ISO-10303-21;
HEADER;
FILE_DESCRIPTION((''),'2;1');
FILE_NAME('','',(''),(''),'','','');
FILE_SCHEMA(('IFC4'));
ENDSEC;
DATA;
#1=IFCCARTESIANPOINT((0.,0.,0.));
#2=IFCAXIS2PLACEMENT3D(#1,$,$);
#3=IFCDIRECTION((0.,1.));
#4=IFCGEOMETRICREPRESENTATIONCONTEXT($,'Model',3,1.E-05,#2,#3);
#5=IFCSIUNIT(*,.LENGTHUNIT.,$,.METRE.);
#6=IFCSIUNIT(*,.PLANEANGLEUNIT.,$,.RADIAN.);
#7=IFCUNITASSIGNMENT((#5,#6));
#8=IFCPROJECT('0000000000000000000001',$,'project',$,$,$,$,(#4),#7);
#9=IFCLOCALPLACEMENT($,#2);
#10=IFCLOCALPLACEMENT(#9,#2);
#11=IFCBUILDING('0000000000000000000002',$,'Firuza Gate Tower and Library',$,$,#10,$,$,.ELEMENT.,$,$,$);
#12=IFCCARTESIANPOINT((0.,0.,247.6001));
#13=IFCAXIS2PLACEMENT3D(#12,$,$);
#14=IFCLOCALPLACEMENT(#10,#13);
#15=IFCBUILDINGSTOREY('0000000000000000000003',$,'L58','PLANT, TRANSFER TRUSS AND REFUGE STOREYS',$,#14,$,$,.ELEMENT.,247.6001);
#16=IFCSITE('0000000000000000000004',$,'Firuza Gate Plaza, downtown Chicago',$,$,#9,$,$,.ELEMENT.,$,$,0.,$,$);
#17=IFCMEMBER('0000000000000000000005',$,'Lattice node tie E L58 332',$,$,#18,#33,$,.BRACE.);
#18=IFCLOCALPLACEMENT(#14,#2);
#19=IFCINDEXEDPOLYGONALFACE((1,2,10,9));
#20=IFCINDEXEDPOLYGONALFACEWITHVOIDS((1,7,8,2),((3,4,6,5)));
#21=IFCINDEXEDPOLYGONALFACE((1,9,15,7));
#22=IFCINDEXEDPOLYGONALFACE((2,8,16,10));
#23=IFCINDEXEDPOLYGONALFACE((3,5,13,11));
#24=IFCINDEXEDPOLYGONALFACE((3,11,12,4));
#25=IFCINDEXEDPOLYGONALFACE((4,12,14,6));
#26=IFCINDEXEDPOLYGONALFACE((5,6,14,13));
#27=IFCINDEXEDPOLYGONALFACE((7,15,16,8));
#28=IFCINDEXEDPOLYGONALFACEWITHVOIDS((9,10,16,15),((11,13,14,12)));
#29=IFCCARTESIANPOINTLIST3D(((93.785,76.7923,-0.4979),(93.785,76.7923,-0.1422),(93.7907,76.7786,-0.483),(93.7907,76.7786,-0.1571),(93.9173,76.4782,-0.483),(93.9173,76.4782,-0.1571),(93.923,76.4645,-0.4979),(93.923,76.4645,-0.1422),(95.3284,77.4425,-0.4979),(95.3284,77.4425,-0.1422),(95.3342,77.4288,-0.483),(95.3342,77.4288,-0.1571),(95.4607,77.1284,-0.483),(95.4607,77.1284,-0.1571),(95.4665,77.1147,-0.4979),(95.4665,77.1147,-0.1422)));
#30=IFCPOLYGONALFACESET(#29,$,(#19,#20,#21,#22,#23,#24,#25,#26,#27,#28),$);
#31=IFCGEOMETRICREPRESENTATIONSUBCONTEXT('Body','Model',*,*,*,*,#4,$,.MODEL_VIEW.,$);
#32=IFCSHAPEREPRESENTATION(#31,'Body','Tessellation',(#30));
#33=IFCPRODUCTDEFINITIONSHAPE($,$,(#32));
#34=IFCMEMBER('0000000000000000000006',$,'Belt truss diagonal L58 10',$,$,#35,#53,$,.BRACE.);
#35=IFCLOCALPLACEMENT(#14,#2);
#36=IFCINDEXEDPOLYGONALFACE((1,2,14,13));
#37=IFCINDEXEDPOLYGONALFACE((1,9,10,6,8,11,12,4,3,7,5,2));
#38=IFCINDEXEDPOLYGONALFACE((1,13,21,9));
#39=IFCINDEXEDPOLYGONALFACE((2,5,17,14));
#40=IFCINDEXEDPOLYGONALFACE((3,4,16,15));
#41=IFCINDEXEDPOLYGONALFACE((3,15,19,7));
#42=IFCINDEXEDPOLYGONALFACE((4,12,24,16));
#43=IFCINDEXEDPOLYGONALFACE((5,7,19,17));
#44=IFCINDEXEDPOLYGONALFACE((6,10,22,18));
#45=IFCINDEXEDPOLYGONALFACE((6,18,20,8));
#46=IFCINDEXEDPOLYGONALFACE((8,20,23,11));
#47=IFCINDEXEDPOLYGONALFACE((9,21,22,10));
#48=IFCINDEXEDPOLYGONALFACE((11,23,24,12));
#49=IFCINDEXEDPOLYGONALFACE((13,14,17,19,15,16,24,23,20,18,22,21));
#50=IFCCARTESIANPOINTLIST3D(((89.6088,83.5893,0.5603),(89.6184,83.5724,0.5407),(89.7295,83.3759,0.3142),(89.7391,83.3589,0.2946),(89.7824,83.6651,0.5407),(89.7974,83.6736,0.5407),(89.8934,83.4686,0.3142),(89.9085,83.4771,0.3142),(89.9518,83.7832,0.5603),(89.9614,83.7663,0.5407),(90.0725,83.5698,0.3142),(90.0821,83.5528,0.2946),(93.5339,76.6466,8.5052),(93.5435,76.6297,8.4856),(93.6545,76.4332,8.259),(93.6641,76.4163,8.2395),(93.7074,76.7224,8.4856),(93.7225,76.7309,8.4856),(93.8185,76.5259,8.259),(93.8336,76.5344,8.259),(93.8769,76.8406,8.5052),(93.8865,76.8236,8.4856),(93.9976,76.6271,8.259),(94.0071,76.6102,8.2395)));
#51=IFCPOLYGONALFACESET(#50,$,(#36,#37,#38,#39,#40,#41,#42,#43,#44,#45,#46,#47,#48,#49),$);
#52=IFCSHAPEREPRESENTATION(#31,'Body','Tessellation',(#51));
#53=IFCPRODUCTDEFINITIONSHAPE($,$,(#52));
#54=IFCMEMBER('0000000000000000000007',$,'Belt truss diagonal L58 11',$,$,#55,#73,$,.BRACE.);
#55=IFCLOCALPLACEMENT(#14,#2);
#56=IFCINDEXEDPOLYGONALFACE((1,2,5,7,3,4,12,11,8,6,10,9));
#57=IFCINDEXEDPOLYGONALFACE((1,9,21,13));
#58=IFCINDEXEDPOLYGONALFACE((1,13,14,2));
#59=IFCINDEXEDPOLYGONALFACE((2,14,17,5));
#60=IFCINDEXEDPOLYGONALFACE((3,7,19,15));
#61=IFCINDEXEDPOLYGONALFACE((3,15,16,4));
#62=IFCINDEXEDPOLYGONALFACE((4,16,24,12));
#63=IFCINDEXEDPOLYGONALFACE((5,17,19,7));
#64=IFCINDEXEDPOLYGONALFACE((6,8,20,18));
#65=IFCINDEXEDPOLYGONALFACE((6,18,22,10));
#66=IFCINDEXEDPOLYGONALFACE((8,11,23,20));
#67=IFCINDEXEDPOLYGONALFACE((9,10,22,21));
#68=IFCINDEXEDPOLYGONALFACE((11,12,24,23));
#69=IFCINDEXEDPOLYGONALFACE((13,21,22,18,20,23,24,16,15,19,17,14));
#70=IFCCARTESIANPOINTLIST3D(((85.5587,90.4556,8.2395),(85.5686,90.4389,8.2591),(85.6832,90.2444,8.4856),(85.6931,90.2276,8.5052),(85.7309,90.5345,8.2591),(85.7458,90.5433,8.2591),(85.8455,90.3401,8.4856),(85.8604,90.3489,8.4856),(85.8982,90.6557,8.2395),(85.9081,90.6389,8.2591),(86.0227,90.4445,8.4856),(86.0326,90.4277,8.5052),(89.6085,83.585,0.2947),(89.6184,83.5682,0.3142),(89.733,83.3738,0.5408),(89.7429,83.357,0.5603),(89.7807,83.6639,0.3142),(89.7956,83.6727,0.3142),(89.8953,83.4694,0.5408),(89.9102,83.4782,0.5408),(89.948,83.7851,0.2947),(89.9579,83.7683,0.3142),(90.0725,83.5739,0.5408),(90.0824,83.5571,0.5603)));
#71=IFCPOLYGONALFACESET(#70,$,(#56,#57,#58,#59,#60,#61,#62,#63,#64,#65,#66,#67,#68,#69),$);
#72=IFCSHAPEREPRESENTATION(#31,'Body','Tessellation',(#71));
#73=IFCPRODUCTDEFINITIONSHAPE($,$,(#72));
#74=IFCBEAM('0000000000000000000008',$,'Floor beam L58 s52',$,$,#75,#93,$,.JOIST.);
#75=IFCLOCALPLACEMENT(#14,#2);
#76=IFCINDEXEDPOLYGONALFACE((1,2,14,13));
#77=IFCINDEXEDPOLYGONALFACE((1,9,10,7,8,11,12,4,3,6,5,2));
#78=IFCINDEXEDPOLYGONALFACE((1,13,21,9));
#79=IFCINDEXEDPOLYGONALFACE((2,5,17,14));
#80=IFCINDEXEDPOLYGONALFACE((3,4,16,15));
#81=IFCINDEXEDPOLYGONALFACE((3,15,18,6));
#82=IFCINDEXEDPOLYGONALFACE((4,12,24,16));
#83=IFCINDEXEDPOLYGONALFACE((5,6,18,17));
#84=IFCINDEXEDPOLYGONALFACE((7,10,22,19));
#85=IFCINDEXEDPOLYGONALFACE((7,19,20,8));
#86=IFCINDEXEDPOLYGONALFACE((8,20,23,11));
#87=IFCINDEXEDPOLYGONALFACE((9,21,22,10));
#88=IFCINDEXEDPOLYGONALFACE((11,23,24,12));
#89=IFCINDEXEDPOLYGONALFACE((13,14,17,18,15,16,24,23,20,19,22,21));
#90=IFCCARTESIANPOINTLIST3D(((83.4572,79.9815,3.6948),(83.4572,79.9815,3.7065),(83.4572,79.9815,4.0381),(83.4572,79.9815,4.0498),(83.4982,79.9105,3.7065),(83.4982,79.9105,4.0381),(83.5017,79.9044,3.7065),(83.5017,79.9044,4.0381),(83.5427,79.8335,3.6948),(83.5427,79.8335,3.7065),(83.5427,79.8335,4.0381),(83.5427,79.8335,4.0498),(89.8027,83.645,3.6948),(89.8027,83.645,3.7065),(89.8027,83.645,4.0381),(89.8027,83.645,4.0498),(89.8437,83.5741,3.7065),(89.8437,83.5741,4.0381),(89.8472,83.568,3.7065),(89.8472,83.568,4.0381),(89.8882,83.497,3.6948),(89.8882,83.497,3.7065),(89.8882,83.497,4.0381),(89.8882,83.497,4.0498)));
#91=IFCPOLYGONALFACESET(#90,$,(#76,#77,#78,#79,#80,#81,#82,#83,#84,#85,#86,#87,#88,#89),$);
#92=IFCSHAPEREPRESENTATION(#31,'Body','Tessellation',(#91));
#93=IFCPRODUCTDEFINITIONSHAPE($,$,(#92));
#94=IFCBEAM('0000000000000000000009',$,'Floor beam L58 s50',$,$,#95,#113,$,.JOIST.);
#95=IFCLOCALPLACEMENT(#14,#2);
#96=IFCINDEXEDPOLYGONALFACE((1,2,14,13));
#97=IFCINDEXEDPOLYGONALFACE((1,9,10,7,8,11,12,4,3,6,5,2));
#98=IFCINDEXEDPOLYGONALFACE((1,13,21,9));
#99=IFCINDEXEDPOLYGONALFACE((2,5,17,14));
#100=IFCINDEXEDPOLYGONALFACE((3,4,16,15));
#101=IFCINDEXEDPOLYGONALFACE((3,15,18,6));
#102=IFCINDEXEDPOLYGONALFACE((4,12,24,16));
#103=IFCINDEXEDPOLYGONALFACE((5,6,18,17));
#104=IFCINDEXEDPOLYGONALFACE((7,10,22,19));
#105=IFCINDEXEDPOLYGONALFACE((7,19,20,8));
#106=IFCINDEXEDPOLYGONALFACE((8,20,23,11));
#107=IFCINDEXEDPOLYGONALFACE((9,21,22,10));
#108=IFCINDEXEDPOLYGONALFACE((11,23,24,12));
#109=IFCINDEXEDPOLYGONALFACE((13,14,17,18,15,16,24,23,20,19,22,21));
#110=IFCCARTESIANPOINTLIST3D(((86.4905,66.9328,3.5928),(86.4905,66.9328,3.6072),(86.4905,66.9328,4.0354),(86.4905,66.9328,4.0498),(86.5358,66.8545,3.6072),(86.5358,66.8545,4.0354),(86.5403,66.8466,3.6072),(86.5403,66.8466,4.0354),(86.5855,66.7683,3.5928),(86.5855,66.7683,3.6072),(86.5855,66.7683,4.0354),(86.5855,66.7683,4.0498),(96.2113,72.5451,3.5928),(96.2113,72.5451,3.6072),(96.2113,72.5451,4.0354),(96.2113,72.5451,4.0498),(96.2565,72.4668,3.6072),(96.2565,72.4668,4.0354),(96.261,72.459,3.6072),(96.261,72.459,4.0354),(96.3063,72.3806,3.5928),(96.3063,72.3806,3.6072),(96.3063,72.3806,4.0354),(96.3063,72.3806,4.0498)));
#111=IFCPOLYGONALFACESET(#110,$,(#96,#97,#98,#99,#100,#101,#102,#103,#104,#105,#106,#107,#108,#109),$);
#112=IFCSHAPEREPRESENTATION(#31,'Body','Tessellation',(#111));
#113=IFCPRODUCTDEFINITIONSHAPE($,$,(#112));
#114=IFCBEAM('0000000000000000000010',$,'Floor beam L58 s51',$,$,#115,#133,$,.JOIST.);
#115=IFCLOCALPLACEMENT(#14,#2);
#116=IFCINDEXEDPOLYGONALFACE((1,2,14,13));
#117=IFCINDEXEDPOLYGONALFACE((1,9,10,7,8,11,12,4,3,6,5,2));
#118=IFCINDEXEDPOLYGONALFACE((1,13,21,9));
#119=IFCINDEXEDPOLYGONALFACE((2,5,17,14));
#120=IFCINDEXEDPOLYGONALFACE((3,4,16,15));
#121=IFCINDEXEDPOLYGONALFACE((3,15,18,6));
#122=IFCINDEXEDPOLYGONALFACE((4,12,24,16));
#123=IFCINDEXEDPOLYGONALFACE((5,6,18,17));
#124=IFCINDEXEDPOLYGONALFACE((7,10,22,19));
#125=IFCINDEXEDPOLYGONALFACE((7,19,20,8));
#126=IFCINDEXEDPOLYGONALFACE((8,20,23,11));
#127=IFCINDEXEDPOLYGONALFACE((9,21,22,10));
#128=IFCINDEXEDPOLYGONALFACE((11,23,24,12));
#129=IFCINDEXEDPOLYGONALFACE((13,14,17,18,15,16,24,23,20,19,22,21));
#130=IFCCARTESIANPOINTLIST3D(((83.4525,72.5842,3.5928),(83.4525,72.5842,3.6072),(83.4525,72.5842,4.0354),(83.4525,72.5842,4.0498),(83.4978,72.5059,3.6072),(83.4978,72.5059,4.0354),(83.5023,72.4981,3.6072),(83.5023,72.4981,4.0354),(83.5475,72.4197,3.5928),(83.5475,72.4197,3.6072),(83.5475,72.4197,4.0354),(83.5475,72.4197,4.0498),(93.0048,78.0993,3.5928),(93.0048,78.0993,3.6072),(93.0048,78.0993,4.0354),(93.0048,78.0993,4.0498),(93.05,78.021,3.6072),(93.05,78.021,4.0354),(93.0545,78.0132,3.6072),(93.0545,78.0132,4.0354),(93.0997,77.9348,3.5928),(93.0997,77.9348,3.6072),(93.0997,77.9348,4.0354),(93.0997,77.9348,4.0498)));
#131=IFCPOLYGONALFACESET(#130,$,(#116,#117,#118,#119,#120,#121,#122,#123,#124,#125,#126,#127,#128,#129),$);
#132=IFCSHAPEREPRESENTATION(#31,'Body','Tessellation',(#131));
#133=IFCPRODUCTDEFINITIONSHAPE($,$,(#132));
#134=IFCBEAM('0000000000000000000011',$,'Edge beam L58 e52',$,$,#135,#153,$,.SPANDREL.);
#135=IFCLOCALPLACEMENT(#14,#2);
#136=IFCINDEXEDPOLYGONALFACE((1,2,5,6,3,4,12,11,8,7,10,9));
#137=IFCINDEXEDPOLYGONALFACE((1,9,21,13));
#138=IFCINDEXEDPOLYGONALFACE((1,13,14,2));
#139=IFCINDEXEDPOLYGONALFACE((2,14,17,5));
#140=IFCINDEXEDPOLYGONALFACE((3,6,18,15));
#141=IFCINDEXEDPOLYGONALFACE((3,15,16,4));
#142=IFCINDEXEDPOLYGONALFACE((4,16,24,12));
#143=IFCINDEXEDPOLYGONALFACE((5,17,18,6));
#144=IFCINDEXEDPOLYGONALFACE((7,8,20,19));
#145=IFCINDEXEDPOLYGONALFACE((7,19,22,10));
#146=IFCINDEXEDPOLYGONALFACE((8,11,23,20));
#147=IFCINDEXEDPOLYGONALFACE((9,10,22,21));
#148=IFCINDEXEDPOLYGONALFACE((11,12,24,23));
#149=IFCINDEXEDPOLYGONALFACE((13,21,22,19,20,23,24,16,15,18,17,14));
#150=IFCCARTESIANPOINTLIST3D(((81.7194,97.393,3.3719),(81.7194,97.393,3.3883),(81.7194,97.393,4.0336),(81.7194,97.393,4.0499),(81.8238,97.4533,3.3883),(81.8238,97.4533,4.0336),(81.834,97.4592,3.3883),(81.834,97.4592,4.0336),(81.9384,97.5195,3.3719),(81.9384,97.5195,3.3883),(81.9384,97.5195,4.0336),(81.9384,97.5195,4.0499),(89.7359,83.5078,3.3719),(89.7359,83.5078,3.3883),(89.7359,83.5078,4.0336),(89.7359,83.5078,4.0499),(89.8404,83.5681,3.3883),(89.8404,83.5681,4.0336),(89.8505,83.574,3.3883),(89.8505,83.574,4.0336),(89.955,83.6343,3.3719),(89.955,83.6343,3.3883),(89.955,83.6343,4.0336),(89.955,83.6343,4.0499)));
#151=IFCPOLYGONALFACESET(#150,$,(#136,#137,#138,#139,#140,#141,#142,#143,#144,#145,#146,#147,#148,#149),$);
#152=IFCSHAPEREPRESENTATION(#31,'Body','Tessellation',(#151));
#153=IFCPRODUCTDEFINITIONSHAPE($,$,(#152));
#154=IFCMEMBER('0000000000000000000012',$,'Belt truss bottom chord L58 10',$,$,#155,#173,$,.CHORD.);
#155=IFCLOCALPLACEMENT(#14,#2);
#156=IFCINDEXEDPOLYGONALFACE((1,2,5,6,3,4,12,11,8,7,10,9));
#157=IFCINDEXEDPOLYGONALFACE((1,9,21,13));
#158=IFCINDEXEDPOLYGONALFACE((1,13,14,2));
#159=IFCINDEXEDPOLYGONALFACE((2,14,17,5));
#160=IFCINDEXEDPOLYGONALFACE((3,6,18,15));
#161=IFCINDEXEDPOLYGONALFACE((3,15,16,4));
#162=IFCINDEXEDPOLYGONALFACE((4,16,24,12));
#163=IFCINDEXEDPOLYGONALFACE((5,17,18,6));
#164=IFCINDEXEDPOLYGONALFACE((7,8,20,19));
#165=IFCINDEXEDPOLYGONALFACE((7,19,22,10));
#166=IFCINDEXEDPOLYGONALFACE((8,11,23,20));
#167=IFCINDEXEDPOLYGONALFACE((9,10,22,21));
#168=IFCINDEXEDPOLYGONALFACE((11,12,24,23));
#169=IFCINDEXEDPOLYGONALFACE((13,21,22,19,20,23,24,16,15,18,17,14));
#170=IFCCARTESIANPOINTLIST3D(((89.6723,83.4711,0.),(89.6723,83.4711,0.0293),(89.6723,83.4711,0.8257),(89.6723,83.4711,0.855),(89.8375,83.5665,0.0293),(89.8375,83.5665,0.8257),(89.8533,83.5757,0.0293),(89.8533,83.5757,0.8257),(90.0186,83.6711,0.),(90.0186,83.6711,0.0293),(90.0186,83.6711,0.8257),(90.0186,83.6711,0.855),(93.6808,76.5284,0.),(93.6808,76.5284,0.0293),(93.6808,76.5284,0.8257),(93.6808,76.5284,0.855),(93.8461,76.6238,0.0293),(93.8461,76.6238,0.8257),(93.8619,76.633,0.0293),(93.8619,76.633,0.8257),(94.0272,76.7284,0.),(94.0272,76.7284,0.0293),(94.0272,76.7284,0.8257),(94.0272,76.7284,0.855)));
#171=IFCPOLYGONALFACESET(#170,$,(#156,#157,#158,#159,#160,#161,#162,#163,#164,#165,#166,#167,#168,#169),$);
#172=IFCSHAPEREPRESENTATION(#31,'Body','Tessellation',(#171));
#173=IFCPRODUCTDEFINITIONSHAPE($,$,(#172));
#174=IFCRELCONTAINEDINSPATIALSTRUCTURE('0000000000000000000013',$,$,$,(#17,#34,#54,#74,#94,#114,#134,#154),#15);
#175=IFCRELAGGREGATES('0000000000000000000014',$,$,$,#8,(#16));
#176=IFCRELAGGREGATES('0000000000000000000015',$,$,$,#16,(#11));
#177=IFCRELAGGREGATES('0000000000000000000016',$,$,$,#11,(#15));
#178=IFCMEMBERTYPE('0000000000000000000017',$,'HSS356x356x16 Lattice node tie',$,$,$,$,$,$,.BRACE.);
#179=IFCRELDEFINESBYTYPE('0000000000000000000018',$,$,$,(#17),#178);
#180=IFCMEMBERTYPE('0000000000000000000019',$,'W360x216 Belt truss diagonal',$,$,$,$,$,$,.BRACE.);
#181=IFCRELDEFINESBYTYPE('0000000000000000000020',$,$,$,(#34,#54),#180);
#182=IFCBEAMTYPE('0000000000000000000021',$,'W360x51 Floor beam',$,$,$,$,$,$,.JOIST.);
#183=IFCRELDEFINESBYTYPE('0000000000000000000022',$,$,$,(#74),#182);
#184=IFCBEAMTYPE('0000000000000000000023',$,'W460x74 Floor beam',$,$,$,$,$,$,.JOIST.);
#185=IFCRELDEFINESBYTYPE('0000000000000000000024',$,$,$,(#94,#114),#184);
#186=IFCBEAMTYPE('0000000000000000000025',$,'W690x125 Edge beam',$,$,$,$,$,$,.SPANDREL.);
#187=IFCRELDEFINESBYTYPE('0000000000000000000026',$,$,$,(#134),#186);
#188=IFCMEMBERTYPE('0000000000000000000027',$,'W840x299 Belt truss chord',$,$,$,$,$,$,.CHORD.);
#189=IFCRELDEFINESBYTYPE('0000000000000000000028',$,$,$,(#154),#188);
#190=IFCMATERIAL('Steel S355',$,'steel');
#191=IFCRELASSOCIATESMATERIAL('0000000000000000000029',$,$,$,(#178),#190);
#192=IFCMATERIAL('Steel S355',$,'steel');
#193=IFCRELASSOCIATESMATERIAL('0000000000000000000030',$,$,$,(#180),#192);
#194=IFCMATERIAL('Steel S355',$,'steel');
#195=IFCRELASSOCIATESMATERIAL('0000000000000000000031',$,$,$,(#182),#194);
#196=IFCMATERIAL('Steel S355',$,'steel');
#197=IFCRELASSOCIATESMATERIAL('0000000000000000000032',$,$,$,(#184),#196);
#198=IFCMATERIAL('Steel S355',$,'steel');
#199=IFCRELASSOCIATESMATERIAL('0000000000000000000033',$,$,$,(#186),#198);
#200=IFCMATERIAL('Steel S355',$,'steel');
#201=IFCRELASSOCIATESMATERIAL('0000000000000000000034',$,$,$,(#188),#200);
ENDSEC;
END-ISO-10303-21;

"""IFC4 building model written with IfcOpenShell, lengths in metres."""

from ifc_helpers import new_model, si_unit, direction, frame, origin, origin_2d, place, context, subcontext, project, spatial, hollow_rectangle, i_section, extrude, material, material_profile, profile_set, type_object, element, save


model = new_model("IFC4")

# Units and contexts
model_context = context("Model", 3, precision=1e-05, world=origin(), true_north=direction((0.0, 1.0)))
body_context = subcontext(model_context, "Body", "Model", "MODEL_VIEW")
ifc_project = project(units=[si_unit("LENGTHUNIT", "METRE"), si_unit("PLANEANGLEUNIT", "RADIAN")], contexts=[model_context])

# Site, building, storey
site_placement = place(None, origin())
site = spatial("IfcSite", under=ifc_project, at=site_placement, Name="Firuza Gate Plaza, downtown Chicago", CompositionType="ELEMENT", RefElevation=0.0)
building_placement = place(site_placement, origin())
building = spatial("IfcBuilding", under=site, at=building_placement, Name="Firuza Gate Tower and Library", CompositionType="ELEMENT")
storey_placement = place(building_placement, frame((0.0, 0.0, 247.6001)))
storey = spatial("IfcBuildingStorey", under=building, at=storey_placement, Name="L58", Description="PLANT, TRANSFER TRUSS AND REFUGE STOREYS", CompositionType="ELEMENT", Elevation=247.6001)

# Members
ifc_material_1 = material(Name="Steel S355", Category="steel")
ifc_material_profile_1 = material_profile(ifc_material_1, hollow_rectangle(XDim=0.3557, YDim=0.3557, WallThickness=0.0149, at=origin_2d()))
ifc_profile_set_1 = profile_set([ifc_material_profile_1], Name="Steel S355")
member_type_1 = type_object("IfcMemberType", Name="HSS356x356x16 Lattice node tie", PredefinedType="BRACE", material=ifc_profile_set_1)
member_1_placement = place(storey_placement, frame((93.854, 76.6284, -0.3201), z_axis=(0.921578, 0.388194, 0.0), x_axis=(-0.388194, 0.921578, 0.0)))
element("IfcMember", 1, at=member_1_placement, inside=storey, type_object=member_type_1, Name="Lattice node tie E L58 332", PredefinedType="BRACE", context=body_context, shape_type="SweptSolid", body=[
    extrude(hollow_rectangle(XDim=0.3557, YDim=0.3557, WallThickness=0.0149, at=origin_2d()), origin(), (0.0, 0.0, 1.0), 1.6748),
])
ifc_material_2 = material(Name="Steel S355", Category="steel")
ifc_material_profile_2 = material_profile(ifc_material_2, i_section(OverallWidth=0.394, OverallDepth=0.375, WebThickness=0.0173, FlangeThickness=0.0276, at=origin_2d()))
ifc_profile_set_2 = profile_set([ifc_material_profile_2], Name="Steel S355")
member_type_2 = type_object("IfcMemberType", Name="W360x216 Belt truss diagonal", PredefinedType="BRACE", material=ifc_profile_set_2)
for number, where, z_axis, x_axis, name in (
    (2, (93.7705, 76.6284, 8.3723), (-0.348668, 0.616723, -0.70575), (-0.870512, -0.492148, 0.0), "Belt truss diagonal L58 10"),
    (3, (89.8455, 83.571, 0.4275), (-0.35975, 0.610325, 0.70575), (-0.861481, -0.50779, 0.0), "Belt truss diagonal L58 11"),
):
    element("IfcMember", number, at=place(storey_placement, frame(where, z_axis=z_axis, x_axis=x_axis)), inside=storey, type_object=member_type_2, Name=name, PredefinedType="BRACE", context=body_context, shape_type="SweptSolid", body=[
        extrude(i_section(OverallWidth=0.394, OverallDepth=0.375, WebThickness=0.0173, FlangeThickness=0.0276, at=origin_2d()), origin(), (0.0, 0.0, 1.0), 11.2573),
    ])

# Beams
ifc_material_3 = material(Name="Steel S355", Category="steel")
ifc_material_profile_3 = material_profile(ifc_material_3, i_section(OverallWidth=0.1709, OverallDepth=0.355, WebThickness=0.0071, FlangeThickness=0.0117, at=origin_2d()))
ifc_profile_set_3 = profile_set([ifc_material_profile_3], Name="Steel S355")
beam_type_1 = type_object("IfcBeamType", Name="W360x51 Floor beam", PredefinedType="JOIST", material=ifc_profile_set_3)
beam_1_placement = place(storey_placement, frame((89.8455, 83.571, 3.8723), z_axis=(-0.866024, -0.500002, 0.0), x_axis=(0.500002, -0.866024, 0.0)))
element("IfcBeam", 4, at=beam_1_placement, inside=storey, type_object=beam_type_1, Name="Floor beam L58 s52", PredefinedType="JOIST", context=body_context, shape_type="SweptSolid", body=[
    extrude(i_section(OverallWidth=0.1709, OverallDepth=0.355, WebThickness=0.0071, FlangeThickness=0.0117, at=origin_2d()), origin(), (0.0, 0.0, 1.0), 7.3271),
])
ifc_material_4 = material(Name="Steel S355", Category="steel")
ifc_material_profile_4 = material_profile(ifc_material_4, i_section(OverallWidth=0.1899, OverallDepth=0.457, WebThickness=0.009, FlangeThickness=0.0144, at=origin_2d()))
ifc_profile_set_4 = profile_set([ifc_material_profile_4], Name="Steel S355")
beam_type_2 = type_object("IfcBeamType", Name="W460x74 Floor beam", PredefinedType="JOIST", material=ifc_profile_set_4)
beam_2_placement = place(storey_placement, frame((96.2588, 72.4629, 3.8213), z_axis=(-0.866023, -0.500004, 0.0), x_axis=(0.500004, -0.866023, 0.0)))
element("IfcBeam", 5, at=beam_2_placement, inside=storey, type_object=beam_type_2, Name="Floor beam L58 s50", PredefinedType="JOIST", context=body_context, shape_type="SweptSolid", body=[
    extrude(i_section(OverallWidth=0.1899, OverallDepth=0.457, WebThickness=0.009, FlangeThickness=0.0144, at=origin_2d()), origin(), (0.0, 0.0, 1.0), 11.2246),
])
beam_3_placement = place(storey_placement, frame((93.0522, 78.0171, 3.8213), z_axis=(-0.86602, -0.50001, 0.0), x_axis=(0.50001, -0.86602, 0.0)))
element("IfcBeam", 6, at=beam_3_placement, inside=storey, type_object=beam_type_2, Name="Floor beam L58 s51", PredefinedType="JOIST", context=body_context, shape_type="SweptSolid", body=[
    extrude(i_section(OverallWidth=0.1899, OverallDepth=0.457, WebThickness=0.009, FlangeThickness=0.0144, at=origin_2d()), origin(), (0.0, 0.0, 1.0), 11.03),
])
ifc_material_5 = material(Name="Steel S355", Category="steel")
ifc_material_profile_5 = material_profile(ifc_material_5, i_section(OverallWidth=0.2529, OverallDepth=0.678, WebThickness=0.0117, FlangeThickness=0.0164, at=origin_2d()))
ifc_profile_set_5 = profile_set([ifc_material_profile_5], Name="Steel S355")
beam_type_3 = type_object("IfcBeamType", Name="W690x125 Edge beam", PredefinedType="SPANDREL", material=ifc_profile_set_5)
beam_4_placement = place(storey_placement, frame((89.8455, 83.571, 3.7109), z_axis=(-0.499997, 0.866027, 0.0), x_axis=(-0.866027, -0.499997, 0.0)))
element("IfcBeam", 7, at=beam_4_placement, inside=storey, type_object=beam_type_3, Name="Edge beam L58 e52", PredefinedType="SPANDREL", context=body_context, shape_type="SweptSolid", body=[
    extrude(i_section(OverallWidth=0.2529, OverallDepth=0.678, WebThickness=0.0117, FlangeThickness=0.0164, at=origin_2d()), origin(), (0.0, 0.0, 1.0), 16.0332),
])

# Member
ifc_material_6 = material(Name="Steel S355", Category="steel")
ifc_material_profile_6 = material_profile(ifc_material_6, i_section(OverallWidth=0.3999, OverallDepth=0.855, WebThickness=0.0183, FlangeThickness=0.0293, at=origin_2d()))
ifc_profile_set_6 = profile_set([ifc_material_profile_6], Name="Steel S355")
member_type_3 = type_object("IfcMemberType", Name="W840x299 Belt truss chord", PredefinedType="CHORD", material=ifc_profile_set_6)
member_2_placement = place(storey_placement, frame((93.854, 76.6284, 0.4275), z_axis=(-0.50002, 0.866014, 0.0), x_axis=(-0.866014, -0.50002, 0.0)))
element("IfcMember", 8, at=member_2_placement, inside=storey, type_object=member_type_3, Name="Belt truss bottom chord L58 10", PredefinedType="CHORD", context=body_context, shape_type="SweptSolid", body=[
    extrude(i_section(OverallWidth=0.3999, OverallDepth=0.855, WebThickness=0.0183, FlangeThickness=0.0293, at=origin_2d()), origin(), (0.0, 0.0, 1.0), 8.0168),
])

save(model, "model.ifc")
